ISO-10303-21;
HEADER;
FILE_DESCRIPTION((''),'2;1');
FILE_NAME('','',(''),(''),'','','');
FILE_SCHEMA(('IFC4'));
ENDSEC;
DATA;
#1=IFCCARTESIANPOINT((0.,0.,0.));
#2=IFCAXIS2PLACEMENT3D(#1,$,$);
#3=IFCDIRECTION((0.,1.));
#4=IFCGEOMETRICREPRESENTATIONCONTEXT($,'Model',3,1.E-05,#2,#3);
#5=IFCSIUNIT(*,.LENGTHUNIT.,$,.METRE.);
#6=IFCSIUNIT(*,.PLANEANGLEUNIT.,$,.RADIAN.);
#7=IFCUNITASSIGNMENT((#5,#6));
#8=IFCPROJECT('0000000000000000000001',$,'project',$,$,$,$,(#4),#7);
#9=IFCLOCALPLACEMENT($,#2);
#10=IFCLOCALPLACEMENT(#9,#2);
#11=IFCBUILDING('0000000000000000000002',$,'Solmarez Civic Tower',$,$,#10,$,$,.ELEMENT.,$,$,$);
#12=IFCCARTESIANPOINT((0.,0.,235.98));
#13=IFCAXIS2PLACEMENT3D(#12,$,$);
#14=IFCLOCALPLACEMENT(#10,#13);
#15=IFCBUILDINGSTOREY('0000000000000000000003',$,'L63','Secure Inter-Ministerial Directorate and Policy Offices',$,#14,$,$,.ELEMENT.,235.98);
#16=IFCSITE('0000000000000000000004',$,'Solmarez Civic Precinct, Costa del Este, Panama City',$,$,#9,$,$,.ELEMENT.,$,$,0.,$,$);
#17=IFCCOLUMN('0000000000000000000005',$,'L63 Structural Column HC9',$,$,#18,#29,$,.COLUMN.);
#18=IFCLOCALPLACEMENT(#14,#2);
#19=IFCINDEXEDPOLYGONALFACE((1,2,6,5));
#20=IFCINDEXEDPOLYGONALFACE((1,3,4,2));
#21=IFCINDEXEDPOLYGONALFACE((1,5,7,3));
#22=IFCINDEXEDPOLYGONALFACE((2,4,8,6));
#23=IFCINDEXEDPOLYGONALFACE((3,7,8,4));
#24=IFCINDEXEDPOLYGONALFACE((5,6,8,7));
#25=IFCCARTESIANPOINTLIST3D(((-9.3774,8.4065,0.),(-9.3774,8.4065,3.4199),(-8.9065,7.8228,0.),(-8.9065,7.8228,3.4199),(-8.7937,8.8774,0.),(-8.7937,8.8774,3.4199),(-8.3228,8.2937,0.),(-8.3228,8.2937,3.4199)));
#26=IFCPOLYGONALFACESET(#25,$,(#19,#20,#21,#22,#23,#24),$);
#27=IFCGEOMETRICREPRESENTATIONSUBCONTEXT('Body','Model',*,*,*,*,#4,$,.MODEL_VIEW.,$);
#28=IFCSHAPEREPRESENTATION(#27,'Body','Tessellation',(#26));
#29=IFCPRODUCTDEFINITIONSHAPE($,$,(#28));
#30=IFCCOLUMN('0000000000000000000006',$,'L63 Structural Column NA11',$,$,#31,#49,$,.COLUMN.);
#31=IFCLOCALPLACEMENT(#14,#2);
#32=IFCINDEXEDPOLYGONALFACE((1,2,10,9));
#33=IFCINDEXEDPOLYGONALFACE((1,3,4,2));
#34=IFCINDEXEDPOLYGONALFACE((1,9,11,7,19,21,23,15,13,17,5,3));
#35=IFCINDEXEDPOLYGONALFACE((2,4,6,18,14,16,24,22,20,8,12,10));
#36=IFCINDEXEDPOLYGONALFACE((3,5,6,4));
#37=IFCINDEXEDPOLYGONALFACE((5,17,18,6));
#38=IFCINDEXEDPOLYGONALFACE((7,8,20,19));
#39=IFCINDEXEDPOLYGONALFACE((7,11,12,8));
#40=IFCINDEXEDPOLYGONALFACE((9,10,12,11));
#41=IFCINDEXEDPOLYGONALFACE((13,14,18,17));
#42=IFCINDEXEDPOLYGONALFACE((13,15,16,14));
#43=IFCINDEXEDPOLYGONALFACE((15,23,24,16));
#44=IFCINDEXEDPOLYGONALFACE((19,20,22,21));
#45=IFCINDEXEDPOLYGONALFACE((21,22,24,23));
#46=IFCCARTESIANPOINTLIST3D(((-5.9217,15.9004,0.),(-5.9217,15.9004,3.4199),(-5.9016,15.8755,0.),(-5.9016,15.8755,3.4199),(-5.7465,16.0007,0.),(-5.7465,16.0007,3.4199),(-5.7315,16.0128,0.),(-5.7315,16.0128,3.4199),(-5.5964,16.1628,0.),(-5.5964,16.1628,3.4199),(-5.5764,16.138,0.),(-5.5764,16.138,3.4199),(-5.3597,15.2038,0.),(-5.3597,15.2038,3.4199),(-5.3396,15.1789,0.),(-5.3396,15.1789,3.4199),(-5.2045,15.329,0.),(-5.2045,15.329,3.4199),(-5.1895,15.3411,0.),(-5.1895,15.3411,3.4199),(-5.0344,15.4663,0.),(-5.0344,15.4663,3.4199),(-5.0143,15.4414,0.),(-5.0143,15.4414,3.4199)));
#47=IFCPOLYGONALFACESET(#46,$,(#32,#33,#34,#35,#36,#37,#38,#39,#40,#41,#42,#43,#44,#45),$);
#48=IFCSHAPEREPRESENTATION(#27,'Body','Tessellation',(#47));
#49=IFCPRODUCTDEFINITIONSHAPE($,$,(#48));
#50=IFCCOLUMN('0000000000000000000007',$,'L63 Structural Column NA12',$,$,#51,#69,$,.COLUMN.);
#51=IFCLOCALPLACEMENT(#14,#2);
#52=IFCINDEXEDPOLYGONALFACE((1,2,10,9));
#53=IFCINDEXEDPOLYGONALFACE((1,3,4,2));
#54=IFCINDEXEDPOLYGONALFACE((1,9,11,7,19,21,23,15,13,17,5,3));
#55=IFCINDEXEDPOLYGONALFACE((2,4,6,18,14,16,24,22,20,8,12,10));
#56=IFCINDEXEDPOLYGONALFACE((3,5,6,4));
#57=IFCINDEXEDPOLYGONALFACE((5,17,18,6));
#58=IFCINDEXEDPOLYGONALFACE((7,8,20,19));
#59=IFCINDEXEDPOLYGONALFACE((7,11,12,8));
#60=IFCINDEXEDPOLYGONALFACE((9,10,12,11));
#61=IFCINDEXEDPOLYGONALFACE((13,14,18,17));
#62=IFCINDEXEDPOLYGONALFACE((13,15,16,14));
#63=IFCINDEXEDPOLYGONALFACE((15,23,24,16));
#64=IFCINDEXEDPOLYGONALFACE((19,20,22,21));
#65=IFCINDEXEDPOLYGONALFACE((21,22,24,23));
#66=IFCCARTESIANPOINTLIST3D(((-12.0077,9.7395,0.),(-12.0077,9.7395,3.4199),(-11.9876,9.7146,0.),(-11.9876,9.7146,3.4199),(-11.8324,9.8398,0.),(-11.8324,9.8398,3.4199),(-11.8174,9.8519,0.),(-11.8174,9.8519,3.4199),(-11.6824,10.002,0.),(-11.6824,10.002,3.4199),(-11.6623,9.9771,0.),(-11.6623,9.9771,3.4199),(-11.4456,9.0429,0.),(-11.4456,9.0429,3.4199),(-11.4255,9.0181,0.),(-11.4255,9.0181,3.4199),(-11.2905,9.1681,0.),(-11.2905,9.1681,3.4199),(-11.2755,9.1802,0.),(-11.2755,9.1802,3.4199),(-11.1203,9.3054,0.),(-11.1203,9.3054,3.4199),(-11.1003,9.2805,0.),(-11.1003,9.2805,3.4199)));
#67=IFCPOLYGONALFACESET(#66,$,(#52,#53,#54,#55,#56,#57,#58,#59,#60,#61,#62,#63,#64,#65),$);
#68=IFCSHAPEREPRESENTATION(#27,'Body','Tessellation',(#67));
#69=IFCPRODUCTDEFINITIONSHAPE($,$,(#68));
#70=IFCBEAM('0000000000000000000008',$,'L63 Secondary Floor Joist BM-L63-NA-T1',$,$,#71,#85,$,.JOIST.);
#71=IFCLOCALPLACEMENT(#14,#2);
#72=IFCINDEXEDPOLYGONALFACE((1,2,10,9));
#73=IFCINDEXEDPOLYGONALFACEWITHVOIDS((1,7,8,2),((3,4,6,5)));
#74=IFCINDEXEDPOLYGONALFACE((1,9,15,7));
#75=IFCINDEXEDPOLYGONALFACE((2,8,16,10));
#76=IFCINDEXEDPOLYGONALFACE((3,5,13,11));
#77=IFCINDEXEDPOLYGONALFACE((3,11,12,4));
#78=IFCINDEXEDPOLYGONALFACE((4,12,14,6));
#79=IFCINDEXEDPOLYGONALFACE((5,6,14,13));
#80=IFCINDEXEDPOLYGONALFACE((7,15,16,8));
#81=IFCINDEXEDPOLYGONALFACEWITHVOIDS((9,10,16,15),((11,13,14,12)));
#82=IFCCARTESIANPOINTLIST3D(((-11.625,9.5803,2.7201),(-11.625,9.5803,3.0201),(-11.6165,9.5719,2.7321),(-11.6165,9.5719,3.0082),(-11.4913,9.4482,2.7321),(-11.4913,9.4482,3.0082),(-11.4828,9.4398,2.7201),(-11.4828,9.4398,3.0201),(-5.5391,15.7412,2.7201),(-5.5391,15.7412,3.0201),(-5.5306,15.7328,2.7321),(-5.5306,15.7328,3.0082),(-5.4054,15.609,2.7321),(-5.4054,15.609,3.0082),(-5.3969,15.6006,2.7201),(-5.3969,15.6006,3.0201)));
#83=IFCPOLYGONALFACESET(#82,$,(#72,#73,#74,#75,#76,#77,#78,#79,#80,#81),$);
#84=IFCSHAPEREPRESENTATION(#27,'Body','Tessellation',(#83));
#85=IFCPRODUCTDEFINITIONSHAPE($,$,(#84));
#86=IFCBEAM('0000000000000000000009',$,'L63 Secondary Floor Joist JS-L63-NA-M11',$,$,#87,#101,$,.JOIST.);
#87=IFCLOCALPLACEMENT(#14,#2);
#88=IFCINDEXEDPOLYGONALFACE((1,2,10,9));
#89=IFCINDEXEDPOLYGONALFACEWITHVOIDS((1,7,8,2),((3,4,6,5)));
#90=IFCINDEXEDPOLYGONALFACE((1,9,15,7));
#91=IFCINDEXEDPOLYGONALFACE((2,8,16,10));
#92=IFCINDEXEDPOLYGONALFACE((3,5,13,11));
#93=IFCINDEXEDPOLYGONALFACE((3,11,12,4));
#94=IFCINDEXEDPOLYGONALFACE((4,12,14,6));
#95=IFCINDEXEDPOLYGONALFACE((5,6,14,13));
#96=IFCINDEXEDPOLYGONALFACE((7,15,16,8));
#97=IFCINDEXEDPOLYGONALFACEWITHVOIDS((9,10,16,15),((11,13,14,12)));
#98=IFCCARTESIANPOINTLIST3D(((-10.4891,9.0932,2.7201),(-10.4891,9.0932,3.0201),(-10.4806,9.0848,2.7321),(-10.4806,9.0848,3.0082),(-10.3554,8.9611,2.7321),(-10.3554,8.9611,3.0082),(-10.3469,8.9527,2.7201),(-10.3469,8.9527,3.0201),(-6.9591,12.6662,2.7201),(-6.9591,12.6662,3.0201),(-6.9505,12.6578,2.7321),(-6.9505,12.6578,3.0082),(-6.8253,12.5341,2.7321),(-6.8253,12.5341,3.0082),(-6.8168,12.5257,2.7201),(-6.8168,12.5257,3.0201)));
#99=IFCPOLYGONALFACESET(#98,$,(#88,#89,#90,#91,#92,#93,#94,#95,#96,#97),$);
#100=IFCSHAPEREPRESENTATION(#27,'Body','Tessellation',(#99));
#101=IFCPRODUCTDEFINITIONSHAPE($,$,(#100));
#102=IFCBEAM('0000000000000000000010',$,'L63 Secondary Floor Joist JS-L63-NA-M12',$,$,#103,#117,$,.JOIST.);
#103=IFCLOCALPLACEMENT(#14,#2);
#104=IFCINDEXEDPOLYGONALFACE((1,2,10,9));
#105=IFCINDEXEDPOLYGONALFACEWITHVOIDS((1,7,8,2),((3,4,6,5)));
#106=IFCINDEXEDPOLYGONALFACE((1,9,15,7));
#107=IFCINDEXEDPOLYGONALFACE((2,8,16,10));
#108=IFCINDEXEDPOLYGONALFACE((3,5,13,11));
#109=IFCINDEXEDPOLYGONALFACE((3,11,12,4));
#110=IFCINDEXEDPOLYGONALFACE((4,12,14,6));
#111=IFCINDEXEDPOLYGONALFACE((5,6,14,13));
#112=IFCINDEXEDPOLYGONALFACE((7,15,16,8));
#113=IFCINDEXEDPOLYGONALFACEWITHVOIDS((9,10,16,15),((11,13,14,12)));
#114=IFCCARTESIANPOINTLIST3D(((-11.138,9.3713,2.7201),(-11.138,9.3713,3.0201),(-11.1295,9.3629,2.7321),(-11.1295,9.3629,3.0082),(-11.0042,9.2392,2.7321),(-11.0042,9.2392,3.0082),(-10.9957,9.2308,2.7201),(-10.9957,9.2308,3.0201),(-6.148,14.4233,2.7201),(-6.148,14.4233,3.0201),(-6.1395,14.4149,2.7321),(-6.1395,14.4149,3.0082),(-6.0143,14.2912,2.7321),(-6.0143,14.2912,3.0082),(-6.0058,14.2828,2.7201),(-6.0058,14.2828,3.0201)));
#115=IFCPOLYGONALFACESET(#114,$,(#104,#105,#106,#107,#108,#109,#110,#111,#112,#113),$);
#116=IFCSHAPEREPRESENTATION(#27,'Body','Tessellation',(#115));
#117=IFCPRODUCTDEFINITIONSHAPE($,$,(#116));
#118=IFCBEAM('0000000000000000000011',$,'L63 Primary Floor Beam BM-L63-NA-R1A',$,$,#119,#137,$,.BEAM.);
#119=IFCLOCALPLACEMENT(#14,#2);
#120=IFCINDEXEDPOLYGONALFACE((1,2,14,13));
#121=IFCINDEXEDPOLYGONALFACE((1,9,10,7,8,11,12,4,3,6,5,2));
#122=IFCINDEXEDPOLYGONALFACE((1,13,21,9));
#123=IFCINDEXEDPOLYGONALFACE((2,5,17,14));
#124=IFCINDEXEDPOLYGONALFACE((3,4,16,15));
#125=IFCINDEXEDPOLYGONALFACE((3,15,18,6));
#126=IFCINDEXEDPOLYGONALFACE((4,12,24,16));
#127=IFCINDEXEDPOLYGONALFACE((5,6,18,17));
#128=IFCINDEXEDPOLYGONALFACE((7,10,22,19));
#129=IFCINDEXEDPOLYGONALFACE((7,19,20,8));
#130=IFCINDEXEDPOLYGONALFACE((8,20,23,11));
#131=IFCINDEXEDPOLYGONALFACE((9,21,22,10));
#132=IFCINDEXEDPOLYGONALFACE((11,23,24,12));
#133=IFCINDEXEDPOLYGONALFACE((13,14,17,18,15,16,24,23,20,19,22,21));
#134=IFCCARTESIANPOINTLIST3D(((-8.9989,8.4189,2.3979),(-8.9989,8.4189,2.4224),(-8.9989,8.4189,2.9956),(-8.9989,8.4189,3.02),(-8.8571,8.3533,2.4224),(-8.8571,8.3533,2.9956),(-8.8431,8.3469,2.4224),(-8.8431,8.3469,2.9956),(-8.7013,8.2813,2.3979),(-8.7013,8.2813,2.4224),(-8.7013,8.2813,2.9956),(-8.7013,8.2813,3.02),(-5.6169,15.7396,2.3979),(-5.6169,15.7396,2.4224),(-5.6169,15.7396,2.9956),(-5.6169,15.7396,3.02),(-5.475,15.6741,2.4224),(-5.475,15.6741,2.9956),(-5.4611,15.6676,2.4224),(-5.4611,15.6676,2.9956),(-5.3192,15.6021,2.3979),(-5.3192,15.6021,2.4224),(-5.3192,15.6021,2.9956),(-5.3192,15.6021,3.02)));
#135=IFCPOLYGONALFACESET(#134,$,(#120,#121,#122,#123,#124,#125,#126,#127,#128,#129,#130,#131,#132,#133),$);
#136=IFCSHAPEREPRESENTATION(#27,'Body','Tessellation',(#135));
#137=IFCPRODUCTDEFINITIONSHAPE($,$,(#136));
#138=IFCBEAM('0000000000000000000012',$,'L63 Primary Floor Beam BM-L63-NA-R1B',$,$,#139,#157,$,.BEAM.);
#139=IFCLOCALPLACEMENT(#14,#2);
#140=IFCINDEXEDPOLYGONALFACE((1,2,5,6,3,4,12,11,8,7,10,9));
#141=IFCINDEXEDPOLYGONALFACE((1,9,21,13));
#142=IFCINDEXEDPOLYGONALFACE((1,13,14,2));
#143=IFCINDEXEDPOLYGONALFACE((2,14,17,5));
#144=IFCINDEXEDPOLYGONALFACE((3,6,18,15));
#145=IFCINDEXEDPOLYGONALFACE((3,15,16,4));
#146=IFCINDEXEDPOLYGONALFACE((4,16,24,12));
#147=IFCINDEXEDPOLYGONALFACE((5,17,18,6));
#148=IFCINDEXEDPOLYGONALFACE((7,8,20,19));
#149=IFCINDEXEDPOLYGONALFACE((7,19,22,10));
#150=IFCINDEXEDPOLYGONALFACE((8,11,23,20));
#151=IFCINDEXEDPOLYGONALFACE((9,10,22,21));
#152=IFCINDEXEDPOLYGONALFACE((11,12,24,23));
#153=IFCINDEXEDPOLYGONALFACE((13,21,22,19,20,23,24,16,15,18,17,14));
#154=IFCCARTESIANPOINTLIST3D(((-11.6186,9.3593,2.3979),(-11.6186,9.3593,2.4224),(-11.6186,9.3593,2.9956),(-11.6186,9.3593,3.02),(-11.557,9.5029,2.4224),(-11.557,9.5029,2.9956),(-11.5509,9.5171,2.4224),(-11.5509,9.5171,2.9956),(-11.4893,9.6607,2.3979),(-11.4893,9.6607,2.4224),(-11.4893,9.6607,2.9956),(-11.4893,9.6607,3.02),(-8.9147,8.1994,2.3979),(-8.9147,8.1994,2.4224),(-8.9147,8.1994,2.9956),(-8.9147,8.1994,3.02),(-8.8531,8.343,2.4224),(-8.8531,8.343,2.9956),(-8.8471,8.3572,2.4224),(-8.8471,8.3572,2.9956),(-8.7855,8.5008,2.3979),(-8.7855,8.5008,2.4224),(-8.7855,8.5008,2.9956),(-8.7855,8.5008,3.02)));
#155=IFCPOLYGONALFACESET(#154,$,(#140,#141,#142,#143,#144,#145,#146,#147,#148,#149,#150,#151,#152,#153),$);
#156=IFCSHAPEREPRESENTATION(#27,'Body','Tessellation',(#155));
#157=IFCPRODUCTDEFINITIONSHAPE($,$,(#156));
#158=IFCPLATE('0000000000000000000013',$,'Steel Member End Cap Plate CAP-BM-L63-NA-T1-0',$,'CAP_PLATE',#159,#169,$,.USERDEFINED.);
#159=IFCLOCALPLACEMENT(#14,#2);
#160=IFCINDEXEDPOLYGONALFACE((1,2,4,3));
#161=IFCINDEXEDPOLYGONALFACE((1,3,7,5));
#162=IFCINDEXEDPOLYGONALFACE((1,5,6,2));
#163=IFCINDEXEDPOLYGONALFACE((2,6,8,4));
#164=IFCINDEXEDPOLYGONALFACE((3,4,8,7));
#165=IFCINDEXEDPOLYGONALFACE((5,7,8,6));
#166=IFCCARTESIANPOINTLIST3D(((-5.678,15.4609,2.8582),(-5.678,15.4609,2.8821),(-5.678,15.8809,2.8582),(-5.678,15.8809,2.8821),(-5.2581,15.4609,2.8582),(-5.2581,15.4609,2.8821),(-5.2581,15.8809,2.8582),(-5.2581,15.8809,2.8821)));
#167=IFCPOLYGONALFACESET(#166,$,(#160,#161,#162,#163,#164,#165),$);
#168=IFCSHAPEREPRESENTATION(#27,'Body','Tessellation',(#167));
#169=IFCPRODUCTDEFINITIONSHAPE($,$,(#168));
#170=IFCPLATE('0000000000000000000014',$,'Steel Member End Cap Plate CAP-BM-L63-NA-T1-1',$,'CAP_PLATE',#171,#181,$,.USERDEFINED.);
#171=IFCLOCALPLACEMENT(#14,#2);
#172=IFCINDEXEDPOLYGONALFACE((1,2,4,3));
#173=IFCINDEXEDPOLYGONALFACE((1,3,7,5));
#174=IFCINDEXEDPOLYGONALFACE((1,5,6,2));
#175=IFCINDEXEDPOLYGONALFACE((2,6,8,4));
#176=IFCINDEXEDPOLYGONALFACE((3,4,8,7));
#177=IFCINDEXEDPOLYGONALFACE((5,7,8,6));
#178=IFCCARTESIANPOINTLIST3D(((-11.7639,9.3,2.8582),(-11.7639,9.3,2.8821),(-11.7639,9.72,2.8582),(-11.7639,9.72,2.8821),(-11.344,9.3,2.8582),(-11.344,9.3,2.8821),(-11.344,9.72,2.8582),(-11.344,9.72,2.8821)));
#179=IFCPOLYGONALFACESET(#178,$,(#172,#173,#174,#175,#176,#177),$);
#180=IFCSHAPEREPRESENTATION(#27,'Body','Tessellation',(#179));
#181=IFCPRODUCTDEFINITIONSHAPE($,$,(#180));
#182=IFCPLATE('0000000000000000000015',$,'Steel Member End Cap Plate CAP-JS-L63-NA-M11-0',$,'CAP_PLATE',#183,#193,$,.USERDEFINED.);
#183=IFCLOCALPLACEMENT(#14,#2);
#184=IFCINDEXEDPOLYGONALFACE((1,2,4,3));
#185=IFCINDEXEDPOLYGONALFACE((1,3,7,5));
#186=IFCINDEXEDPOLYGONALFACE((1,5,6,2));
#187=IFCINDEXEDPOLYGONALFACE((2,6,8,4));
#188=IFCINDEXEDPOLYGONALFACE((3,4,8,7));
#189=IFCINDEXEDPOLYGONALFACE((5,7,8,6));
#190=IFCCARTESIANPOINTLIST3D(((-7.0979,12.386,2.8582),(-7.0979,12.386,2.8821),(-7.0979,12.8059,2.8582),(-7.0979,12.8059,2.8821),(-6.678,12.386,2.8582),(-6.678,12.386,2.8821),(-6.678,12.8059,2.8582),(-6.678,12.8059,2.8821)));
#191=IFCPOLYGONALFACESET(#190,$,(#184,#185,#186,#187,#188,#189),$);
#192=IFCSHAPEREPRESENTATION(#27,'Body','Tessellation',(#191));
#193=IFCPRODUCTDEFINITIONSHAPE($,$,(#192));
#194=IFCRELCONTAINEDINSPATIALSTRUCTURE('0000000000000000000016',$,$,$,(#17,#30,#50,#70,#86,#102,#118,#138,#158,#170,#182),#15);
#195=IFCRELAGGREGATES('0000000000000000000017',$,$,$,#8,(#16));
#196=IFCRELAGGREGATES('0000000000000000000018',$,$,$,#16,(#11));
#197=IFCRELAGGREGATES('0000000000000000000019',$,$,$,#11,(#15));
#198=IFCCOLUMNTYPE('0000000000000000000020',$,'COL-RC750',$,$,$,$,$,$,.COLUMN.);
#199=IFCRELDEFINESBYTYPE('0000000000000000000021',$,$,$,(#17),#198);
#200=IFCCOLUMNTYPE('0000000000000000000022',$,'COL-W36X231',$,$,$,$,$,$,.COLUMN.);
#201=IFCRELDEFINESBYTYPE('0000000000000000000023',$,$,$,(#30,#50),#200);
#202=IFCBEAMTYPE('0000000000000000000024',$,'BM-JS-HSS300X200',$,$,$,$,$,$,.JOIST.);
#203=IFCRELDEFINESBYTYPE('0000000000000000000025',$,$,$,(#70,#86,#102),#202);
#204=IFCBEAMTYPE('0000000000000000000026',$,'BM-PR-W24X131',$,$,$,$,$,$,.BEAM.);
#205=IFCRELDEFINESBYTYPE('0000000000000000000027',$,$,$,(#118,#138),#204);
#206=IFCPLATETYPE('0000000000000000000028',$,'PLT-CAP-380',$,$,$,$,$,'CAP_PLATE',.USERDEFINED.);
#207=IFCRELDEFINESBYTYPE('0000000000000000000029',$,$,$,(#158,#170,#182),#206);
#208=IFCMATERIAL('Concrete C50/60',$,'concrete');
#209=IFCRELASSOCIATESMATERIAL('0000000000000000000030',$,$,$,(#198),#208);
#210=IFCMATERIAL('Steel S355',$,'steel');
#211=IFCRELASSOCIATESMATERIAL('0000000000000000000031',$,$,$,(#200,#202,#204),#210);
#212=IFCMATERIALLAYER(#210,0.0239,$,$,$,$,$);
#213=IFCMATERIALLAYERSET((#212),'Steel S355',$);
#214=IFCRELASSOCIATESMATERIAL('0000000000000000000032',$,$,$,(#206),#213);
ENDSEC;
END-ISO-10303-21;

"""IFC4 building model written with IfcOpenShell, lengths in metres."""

from ifc_helpers import new_model, si_unit, direction, frame, origin, origin_2d, place, context, subcontext, project, spatial, rectangle, hollow_rectangle, i_section, extrude, material, layer, layer_set, material_profile, profile_set, type_object, element, save


model = new_model("IFC4")

# Units and contexts
model_context = context("Model", 3, precision=1e-05, world=origin(), true_north=direction((0.0, 1.0)))
body_context = subcontext(model_context, "Body", "Model", "MODEL_VIEW")
ifc_project = project(units=[si_unit("LENGTHUNIT", "METRE"), si_unit("PLANEANGLEUNIT", "RADIAN")], contexts=[model_context])

# Site, building, storey
site_placement = place(None, origin())
site = spatial("IfcSite", under=ifc_project, at=site_placement, Name="Solmarez Civic Precinct, Costa del Este, Panama City", CompositionType="ELEMENT", RefElevation=0.0)
building_placement = place(site_placement, origin())
building = spatial("IfcBuilding", under=site, at=building_placement, Name="Solmarez Civic Tower", CompositionType="ELEMENT")
storey_placement = place(building_placement, frame((0.0, 0.0, 235.98)))
storey = spatial("IfcBuildingStorey", under=building, at=storey_placement, Name="L63", Description="Secure Inter-Ministerial Directorate and Policy Offices", CompositionType="ELEMENT", Elevation=235.98)

# Columns
ifc_material_1 = material(Name="Concrete C50/60", Category="concrete")
ifc_material_profile_1 = material_profile(ifc_material_1, rectangle(XDim=0.75, YDim=0.75, at=origin_2d()), Name="RC750X750")
ifc_profile_set_1 = profile_set([ifc_material_profile_1], Name="Concrete C50/60")
column_type_1 = type_object("IfcColumnType", Name="COL-RC750", PredefinedType="COLUMN", material=ifc_profile_set_1)
column_placement = place(storey_placement, frame((-8.8501, 8.3501, 0.0), z_axis=(0.0, 0.0, 1.0), x_axis=(0.778243, 0.627963, 0.0)))
element("IfcColumn", 1, at=column_placement, inside=storey, type_object=column_type_1, Name="L63 Structural Column HC9", PredefinedType="COLUMN", context=body_context, shape_type="SweptSolid", body=[
    extrude(rectangle(XDim=0.75, YDim=0.75, at=origin_2d()), origin(), (0.0, 0.0, 1.0), 3.4199),
])
ifc_material_2 = material(Name="Steel S355", Category="steel")
ifc_material_profile_2 = material_profile(ifc_material_2, i_section(OverallWidth=0.418, OverallDepth=0.927, WebThickness=0.0193, FlangeThickness=0.032, at=origin_2d()), Name="W36X231")
ifc_profile_set_2 = profile_set([ifc_material_profile_2], Name="Steel S355")
column_type_2 = type_object("IfcColumnType", Name="COL-W36X231", PredefinedType="COLUMN", material=ifc_profile_set_2)
for number, where, z_axis, x_axis, name in (
    (2, (-5.468, 15.6709, 0.0), (0.0, 0.0, 1.0), (0.778243, 0.627963, 0.0), "L63 Structural Column NA11"),
    (3, (-11.554, 9.51, 0.0), (0.0, 0.0, 1.0), (0.778243, 0.627963, 0.0), "L63 Structural Column NA12"),
):
    element("IfcColumn", number, at=place(storey_placement, frame(where, z_axis=z_axis, x_axis=x_axis)), inside=storey, type_object=column_type_2, Name=name, PredefinedType="COLUMN", context=body_context, shape_type="SweptSolid", body=[
        extrude(i_section(OverallWidth=0.418, OverallDepth=0.927, WebThickness=0.0193, FlangeThickness=0.032, at=origin_2d()), origin(), (0.0, 0.0, 1.0), 3.4199),
    ])

# Beams
ifc_material_profile_3 = material_profile(ifc_material_2, hollow_rectangle(XDim=0.2, YDim=0.3, WallThickness=0.012, at=origin_2d()), Name="HSS300X200X12")
ifc_profile_set_3 = profile_set([ifc_material_profile_3], Name="Steel S355")
beam_type_1 = type_object("IfcBeamType", Name="BM-JS-HSS300X200", PredefinedType="JOIST", material=ifc_profile_set_3)
beam_1_placement = place(storey_placement, frame((-5.468, 15.6709, 2.8701), z_axis=(-0.702766, -0.711421, 0.0), x_axis=(0.711421, -0.702766, 0.0)))
element("IfcBeam", 4, at=beam_1_placement, inside=storey, type_object=beam_type_1, Name="L63 Secondary Floor Joist BM-L63-NA-T1", PredefinedType="JOIST", context=body_context, shape_type="SweptSolid", body=[
    extrude(hollow_rectangle(XDim=0.2, YDim=0.3, WallThickness=0.012, at=origin_2d()), origin(), (0.0, 0.0, 1.0), 8.6599),
])
beam_2_placement = place(storey_placement, frame((-6.8879, 12.5959, 2.8701), z_axis=(-0.702816, -0.711371, 0.0), x_axis=(0.711371, -0.702816, 0.0)))
element("IfcBeam", 5, at=beam_2_placement, inside=storey, type_object=beam_type_1, Name="L63 Secondary Floor Joist JS-L63-NA-M11", PredefinedType="JOIST", context=body_context, shape_type="SweptSolid", body=[
    extrude(hollow_rectangle(XDim=0.2, YDim=0.3, WallThickness=0.012, at=origin_2d()), origin(), (0.0, 0.0, 1.0), 5.0227),
])
beam_3_placement = place(storey_placement, frame((-6.0769, 14.353, 2.8701), z_axis=(-0.702727, -0.71146, 0.0), x_axis=(0.71146, -0.702727, 0.0)))
element("IfcBeam", 6, at=beam_3_placement, inside=storey, type_object=beam_type_1, Name="L63 Secondary Floor Joist JS-L63-NA-M12", PredefinedType="JOIST", context=body_context, shape_type="SweptSolid", body=[
    extrude(hollow_rectangle(XDim=0.2, YDim=0.3, WallThickness=0.012, at=origin_2d()), origin(), (0.0, 0.0, 1.0), 7.1008),
])
ifc_material_profile_4 = material_profile(ifc_material_2, i_section(OverallWidth=0.3279, OverallDepth=0.6221, WebThickness=0.0154, FlangeThickness=0.0244, at=origin_2d()), Name="W24X131")
ifc_profile_set_4 = profile_set([ifc_material_profile_4], Name="Steel S355")
beam_type_2 = type_object("IfcBeamType", Name="BM-PR-W24X131", PredefinedType="BEAM", material=ifc_profile_set_4)
beam_4_placement = place(storey_placement, frame((-8.8501, 8.3501, 2.709), z_axis=(0.41939, 0.907806, 0.0), x_axis=(-0.907806, 0.41939, 0.0)))
element("IfcBeam", 7, at=beam_4_placement, inside=storey, type_object=beam_type_2, Name="L63 Primary Floor Beam BM-L63-NA-R1A", PredefinedType="BEAM", context=body_context, shape_type="SweptSolid", body=[
    extrude(i_section(OverallWidth=0.3279, OverallDepth=0.6221, WebThickness=0.0154, FlangeThickness=0.0244, at=origin_2d()), origin(), (0.0, 0.0, 1.0), 8.0642),
])
beam_5_placement = place(storey_placement, frame((-8.8501, 8.3501, 2.709), z_axis=(-0.919008, 0.39424, 0.0), x_axis=(-0.39424, -0.919008, 0.0)))
element("IfcBeam", 8, at=beam_5_placement, inside=storey, type_object=beam_type_2, Name="L63 Primary Floor Beam BM-L63-NA-R1B", PredefinedType="BEAM", context=body_context, shape_type="SweptSolid", body=[
    extrude(i_section(OverallWidth=0.3279, OverallDepth=0.6221, WebThickness=0.0154, FlangeThickness=0.0244, at=origin_2d()), origin(), (0.0, 0.0, 1.0), 2.9421),
])

# Plates
ifc_layer_1 = layer(ifc_material_2, 0.0239)
ifc_layer_set_1 = layer_set([ifc_layer_1], Name="Steel S355")
plate_type = type_object("IfcPlateType", Name="PLT-CAP-380", ElementType="CAP_PLATE", PredefinedType="USERDEFINED", material=ifc_layer_set_1)
for number, where, z_axis, x_axis, name in (
    (9, (-5.468, 15.6709, 2.8582), (0.0, 0.0, 1.0), (1.0, 0.0, 0.0), "Steel Member End Cap Plate CAP-BM-L63-NA-T1-0"),
    (10, (-11.554, 9.51, 2.8582), (0.0, 0.0, 1.0), (1.0, 0.0, 0.0), "Steel Member End Cap Plate CAP-BM-L63-NA-T1-1"),
    (11, (-6.8879, 12.5959, 2.8582), (0.0, 0.0, 1.0), (1.0, 0.0, 0.0), "Steel Member End Cap Plate CAP-JS-L63-NA-M11-0"),
):
    element("IfcPlate", number, at=place(storey_placement, frame(where, z_axis=z_axis, x_axis=x_axis)), inside=storey, type_object=plate_type, Name=name, ObjectType="CAP_PLATE", PredefinedType="USERDEFINED", context=body_context, shape_type="SweptSolid", body=[
        extrude(rectangle(XDim=0.4199, YDim=0.4199, at=origin_2d()), origin(), (0.0, 0.0, 1.0), 0.0239),
    ])

save(model, "model.ifc")
